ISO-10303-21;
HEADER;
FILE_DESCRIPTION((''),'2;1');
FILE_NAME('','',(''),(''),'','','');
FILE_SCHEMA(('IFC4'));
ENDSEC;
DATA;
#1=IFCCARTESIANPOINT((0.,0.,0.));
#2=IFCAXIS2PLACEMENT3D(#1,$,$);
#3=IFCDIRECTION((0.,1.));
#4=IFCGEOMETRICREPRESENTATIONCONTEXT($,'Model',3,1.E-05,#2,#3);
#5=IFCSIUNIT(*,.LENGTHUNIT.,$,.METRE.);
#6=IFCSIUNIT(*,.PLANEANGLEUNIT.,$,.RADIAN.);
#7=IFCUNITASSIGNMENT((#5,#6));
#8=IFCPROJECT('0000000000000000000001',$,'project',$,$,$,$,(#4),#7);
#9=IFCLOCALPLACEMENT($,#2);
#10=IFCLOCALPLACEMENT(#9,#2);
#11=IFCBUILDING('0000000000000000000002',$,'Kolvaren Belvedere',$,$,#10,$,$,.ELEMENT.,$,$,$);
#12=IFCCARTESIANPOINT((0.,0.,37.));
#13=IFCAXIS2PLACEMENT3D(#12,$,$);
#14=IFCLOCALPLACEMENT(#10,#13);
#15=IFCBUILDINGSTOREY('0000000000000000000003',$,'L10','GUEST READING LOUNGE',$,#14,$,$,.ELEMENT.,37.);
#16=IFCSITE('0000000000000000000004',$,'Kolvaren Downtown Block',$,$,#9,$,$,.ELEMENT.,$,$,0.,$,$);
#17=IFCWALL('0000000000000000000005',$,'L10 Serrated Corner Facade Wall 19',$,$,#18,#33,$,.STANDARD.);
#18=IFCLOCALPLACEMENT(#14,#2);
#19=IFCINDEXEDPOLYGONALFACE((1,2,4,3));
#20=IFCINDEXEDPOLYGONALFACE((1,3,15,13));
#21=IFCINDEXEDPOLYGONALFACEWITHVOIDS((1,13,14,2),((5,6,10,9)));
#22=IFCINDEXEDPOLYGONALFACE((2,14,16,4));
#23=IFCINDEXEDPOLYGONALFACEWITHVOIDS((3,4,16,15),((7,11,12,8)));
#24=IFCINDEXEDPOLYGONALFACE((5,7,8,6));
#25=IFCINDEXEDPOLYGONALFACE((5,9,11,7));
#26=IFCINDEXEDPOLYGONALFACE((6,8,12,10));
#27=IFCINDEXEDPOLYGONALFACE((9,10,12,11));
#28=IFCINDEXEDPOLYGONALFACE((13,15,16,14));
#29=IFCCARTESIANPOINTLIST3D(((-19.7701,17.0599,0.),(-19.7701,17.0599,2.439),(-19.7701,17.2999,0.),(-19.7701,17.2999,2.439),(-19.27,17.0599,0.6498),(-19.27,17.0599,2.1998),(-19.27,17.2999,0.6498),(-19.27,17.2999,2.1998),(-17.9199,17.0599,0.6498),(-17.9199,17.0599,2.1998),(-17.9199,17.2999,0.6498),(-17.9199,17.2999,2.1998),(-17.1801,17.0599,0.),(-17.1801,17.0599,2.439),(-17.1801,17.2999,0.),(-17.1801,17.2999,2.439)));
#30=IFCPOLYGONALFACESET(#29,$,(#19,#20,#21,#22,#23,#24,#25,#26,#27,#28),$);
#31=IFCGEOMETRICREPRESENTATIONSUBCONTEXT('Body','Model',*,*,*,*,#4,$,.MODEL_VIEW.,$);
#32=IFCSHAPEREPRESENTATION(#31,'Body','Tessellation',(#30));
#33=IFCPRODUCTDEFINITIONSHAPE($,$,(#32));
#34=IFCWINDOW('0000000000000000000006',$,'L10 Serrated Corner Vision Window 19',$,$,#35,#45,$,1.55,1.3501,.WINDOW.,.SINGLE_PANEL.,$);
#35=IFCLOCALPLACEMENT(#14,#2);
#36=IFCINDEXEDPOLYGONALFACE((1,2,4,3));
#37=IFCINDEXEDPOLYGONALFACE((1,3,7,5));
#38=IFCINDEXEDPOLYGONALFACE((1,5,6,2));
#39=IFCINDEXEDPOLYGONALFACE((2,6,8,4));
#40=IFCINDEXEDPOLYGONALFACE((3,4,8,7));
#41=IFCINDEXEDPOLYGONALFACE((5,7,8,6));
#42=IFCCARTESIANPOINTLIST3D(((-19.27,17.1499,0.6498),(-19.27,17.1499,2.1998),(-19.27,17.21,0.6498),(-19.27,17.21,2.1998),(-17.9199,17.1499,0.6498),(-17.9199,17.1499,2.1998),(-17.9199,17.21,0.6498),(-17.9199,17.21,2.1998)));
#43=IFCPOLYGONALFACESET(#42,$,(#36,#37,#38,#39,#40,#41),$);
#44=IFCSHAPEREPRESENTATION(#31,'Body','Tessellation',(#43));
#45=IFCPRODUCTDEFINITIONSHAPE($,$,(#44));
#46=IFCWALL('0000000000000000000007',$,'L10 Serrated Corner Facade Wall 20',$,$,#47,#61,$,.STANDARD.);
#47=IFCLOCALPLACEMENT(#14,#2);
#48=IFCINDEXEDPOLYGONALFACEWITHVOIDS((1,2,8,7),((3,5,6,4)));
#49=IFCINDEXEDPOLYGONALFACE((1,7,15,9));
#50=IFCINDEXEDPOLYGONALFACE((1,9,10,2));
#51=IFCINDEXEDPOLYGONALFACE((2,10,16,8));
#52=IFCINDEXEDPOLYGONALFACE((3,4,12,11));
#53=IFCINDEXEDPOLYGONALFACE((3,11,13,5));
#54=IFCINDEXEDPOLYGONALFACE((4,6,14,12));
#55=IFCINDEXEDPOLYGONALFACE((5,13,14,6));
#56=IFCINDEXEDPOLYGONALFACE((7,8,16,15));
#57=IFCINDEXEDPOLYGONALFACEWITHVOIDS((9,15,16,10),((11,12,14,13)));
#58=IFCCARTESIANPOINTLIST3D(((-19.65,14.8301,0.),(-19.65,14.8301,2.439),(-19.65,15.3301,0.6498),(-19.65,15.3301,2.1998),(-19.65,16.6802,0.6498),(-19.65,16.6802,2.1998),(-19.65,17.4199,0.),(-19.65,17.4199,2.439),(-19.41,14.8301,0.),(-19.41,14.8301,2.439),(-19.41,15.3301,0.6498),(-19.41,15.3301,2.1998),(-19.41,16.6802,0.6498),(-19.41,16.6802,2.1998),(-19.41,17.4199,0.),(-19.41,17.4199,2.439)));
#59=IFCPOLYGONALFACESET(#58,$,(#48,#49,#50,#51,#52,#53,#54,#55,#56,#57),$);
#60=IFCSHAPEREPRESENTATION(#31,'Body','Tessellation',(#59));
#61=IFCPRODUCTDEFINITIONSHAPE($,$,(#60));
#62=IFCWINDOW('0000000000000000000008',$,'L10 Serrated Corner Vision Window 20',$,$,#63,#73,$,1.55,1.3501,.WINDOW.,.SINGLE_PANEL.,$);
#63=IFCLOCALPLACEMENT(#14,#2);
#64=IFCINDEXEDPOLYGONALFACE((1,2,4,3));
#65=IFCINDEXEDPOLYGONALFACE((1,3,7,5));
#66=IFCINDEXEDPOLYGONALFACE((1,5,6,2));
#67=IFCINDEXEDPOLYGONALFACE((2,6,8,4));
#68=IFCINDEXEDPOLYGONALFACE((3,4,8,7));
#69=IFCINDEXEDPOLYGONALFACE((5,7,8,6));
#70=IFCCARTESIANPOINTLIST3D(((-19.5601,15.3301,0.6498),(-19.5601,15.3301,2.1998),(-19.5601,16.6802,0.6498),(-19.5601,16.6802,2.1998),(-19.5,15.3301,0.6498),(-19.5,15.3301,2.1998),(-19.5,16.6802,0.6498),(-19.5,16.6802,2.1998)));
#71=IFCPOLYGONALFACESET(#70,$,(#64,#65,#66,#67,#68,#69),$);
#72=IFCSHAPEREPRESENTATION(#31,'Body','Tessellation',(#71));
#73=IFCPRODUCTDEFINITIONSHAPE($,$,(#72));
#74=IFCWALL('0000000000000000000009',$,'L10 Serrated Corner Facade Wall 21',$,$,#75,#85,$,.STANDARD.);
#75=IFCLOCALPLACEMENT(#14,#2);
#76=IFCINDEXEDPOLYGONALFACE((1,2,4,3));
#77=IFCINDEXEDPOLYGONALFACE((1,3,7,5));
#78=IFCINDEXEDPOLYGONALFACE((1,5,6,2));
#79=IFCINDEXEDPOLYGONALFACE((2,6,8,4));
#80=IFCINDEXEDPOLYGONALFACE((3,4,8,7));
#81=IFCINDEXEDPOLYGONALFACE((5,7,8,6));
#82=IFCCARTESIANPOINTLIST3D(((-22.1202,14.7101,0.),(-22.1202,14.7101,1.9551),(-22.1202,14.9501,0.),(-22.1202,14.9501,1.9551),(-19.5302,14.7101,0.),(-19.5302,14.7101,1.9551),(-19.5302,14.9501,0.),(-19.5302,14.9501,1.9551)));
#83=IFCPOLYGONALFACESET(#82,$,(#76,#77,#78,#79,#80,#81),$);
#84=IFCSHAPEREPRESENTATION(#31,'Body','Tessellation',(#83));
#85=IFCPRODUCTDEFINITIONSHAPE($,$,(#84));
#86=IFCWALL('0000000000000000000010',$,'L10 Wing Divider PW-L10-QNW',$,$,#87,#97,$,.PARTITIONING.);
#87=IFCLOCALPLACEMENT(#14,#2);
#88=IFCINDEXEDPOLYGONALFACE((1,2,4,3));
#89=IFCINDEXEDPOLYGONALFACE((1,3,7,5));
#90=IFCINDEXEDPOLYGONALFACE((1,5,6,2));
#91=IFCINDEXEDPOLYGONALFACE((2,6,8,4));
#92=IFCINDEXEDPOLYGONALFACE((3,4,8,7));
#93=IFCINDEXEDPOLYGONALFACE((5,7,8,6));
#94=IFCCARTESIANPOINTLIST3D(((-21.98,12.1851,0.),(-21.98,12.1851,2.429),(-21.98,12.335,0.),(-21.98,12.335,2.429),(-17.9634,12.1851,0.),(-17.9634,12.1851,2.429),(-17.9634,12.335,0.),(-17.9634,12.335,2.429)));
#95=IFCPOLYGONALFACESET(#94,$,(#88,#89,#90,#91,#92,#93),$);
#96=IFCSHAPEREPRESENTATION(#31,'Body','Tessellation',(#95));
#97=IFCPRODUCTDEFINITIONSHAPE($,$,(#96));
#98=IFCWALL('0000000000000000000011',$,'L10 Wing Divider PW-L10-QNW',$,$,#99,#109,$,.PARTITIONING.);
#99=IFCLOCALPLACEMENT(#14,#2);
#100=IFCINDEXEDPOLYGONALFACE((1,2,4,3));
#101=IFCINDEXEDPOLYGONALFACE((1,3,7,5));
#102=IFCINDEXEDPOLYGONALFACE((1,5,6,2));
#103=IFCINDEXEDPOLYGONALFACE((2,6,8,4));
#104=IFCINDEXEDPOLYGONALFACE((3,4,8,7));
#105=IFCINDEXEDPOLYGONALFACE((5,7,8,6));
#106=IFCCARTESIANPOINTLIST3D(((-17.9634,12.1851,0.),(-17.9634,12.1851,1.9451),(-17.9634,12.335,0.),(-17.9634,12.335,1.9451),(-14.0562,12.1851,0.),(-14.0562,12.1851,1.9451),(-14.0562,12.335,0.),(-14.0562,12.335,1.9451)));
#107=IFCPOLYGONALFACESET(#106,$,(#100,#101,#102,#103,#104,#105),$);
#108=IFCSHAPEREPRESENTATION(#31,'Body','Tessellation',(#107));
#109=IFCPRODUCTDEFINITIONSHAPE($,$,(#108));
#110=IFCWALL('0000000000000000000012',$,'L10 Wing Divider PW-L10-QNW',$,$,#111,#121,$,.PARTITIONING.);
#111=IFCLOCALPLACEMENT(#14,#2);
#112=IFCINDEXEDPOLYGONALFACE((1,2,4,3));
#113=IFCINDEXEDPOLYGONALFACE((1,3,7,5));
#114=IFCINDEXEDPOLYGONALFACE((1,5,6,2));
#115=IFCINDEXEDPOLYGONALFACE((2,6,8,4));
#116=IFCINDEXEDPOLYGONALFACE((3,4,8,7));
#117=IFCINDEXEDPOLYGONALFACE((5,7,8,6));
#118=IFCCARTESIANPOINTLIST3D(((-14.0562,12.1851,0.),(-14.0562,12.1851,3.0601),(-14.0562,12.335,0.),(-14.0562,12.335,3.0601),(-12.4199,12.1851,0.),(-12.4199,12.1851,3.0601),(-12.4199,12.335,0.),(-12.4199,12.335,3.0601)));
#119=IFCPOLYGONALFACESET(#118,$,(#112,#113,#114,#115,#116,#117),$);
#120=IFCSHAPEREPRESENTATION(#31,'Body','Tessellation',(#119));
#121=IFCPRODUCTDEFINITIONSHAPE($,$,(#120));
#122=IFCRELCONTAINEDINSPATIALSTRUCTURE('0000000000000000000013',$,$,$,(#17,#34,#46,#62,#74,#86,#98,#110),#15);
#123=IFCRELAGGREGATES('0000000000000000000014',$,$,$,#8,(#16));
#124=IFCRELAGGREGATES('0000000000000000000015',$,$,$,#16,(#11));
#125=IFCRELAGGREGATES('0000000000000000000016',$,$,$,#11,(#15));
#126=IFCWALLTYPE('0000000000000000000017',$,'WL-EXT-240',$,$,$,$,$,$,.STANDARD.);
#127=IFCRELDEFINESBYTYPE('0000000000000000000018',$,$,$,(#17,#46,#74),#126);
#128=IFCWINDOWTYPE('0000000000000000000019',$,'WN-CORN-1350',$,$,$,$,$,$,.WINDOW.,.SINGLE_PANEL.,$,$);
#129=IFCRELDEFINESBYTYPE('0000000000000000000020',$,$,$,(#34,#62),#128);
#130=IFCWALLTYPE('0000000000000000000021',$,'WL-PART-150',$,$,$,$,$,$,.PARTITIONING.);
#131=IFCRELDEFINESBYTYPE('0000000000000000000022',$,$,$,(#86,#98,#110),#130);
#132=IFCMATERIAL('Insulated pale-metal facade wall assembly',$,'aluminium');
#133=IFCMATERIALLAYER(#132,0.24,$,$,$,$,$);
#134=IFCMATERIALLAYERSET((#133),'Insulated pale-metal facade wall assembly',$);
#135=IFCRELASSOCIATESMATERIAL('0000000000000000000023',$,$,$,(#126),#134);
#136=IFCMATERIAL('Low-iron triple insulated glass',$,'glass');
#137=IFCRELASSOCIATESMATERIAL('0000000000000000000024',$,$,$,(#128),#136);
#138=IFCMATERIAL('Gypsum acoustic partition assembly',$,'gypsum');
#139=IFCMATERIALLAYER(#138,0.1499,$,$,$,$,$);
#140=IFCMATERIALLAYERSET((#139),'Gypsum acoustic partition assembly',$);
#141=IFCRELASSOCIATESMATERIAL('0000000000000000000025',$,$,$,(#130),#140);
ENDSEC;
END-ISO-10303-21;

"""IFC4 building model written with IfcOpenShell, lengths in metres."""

from ifc_helpers import new_model, si_unit, direction, frame, frame_2d, origin, place, context, subcontext, project, spatial, rectangle, extrude, material, layer, layer_set, type_object, element, fill, save


model = new_model("IFC4")

# Units and contexts
model_context = context("Model", 3, precision=1e-05, world=origin(), true_north=direction((0.0, 1.0)))
body_context = subcontext(model_context, "Body", "Model", "MODEL_VIEW")
ifc_project = project(units=[si_unit("LENGTHUNIT", "METRE"), si_unit("PLANEANGLEUNIT", "RADIAN")], contexts=[model_context])

# Site, building, storey
site_placement = place(None, origin())
site = spatial("IfcSite", under=ifc_project, at=site_placement, Name="Kolvaren Downtown Block", CompositionType="ELEMENT", RefElevation=0.0)
building_placement = place(site_placement, origin())
building = spatial("IfcBuilding", under=site, at=building_placement, Name="Kolvaren Belvedere", CompositionType="ELEMENT")
storey_placement = place(building_placement, frame((0.0, 0.0, 37.0)))
storey = spatial("IfcBuildingStorey", under=building, at=storey_placement, Name="L10", Description="GUEST READING LOUNGE", CompositionType="ELEMENT", Elevation=37.0)

# Shared definitions
ifc_material_1 = material(Name="Insulated pale-metal facade wall assembly", Category="aluminium")
ifc_layer_1 = layer(ifc_material_1, 0.24)
ifc_layer_set_1 = layer_set([ifc_layer_1], Name="Insulated pale-metal facade wall assembly")
wall_type_1 = type_object("IfcWallType", Name="WL-EXT-240", PredefinedType="STANDARD", material=ifc_layer_set_1)

# Walls, openings, windows
ifc_material_2 = material(Name="Low-iron triple insulated glass", Category="glass")
window_type = type_object("IfcWindowType", Name="WN-CORN-1350", PartitioningType="SINGLE_PANEL", PredefinedType="WINDOW", material=ifc_material_2)
wall_1_placement = place(storey_placement, frame((-19.77, 17.1799, 0.0), z_axis=(0.0, 0.0, 1.0), x_axis=(1.0, 0.0, 0.0)))
wall_1 = element("IfcWall", 1, at=wall_1_placement, inside=storey, type_object=wall_type_1, Name="L10 Serrated Corner Facade Wall 19", PredefinedType="STANDARD", context=body_context, shape_type="SweptSolid", body=[
    extrude(rectangle(XDim=2.5901, YDim=0.24, at=frame_2d((1.2949, 0.0))), origin(), (0.0, 0.0, 1.0), 2.439),
])
opening_1_placement = place(wall_1_placement, frame((0.5, 0.0, 0.6499)))
opening_1 = element("IfcOpeningElement", 2, at=opening_1_placement, cuts=wall_1, PredefinedType="OPENING", context=body_context, shape_type="SweptSolid", body=[
    extrude(rectangle(XDim=1.3501, YDim=1.55, at=frame_2d((0.675, 0.7749))), frame((0.0, 0.1299, 0.0), z_axis=(0.0, -1.0, 0.0), x_axis=(1.0, 0.0, 0.0)), (0.0, 0.0, 1.0), 0.26),
])
window_1_placement = place(opening_1_placement, origin())
window_1 = element("IfcWindow", 3, at=window_1_placement, inside=storey, type_object=window_type, Name="L10 Serrated Corner Vision Window 19", OverallHeight=1.55, OverallWidth=1.3501, PartitioningType="SINGLE_PANEL", PredefinedType="WINDOW", context=body_context, shape_type="SweptSolid", body=[
    extrude(rectangle(XDim=1.3501, YDim=1.55, at=frame_2d((0.675, 0.7749))), frame((0.0, 0.03, 0.0), z_axis=(0.0, -1.0, 0.0), x_axis=(1.0, 0.0, 0.0)), (0.0, 0.0, 1.0), 0.0601),
])
fill(opening_1, window_1)
wall_2_placement = place(storey_placement, frame((-19.53, 14.8301, 0.0), z_axis=(0.0, 0.0, 1.0), x_axis=(0.0, 1.0, 0.0)))
wall_2 = element("IfcWall", 4, at=wall_2_placement, inside=storey, type_object=wall_type_1, Name="L10 Serrated Corner Facade Wall 20", PredefinedType="STANDARD", context=body_context, shape_type="SweptSolid", body=[
    extrude(rectangle(XDim=2.5898, YDim=0.24, at=frame_2d((1.2949, 0.0))), origin(), (0.0, 0.0, 1.0), 2.439),
])
opening_2_placement = place(wall_2_placement, frame((0.5, 0.0, 0.6499)))
opening_2 = element("IfcOpeningElement", 5, at=opening_2_placement, cuts=wall_2, PredefinedType="OPENING", context=body_context, shape_type="SweptSolid", body=[
    extrude(rectangle(XDim=1.3501, YDim=1.55, at=frame_2d((0.675, 0.7749))), frame((0.0, 0.1299, 0.0), z_axis=(0.0, -1.0, 0.0), x_axis=(1.0, 0.0, 0.0)), (0.0, 0.0, 1.0), 0.26),
])
window_2_placement = place(opening_2_placement, origin())
window_2 = element("IfcWindow", 6, at=window_2_placement, inside=storey, type_object=window_type, Name="L10 Serrated Corner Vision Window 20", OverallHeight=1.55, OverallWidth=1.3501, PartitioningType="SINGLE_PANEL", PredefinedType="WINDOW", context=body_context, shape_type="SweptSolid", body=[
    extrude(rectangle(XDim=1.3501, YDim=1.55, at=frame_2d((0.675, 0.7749))), frame((0.0, 0.03, 0.0), z_axis=(0.0, -1.0, 0.0), x_axis=(1.0, 0.0, 0.0)), (0.0, 0.0, 1.0), 0.0601),
])
fill(opening_2, window_2)

# Walls
wall_3_placement = place(storey_placement, frame((-22.1201, 14.8301, 0.0), z_axis=(0.0, 0.0, 1.0), x_axis=(1.0, 0.0, 0.0)))
element("IfcWall", 7, at=wall_3_placement, inside=storey, type_object=wall_type_1, Name="L10 Serrated Corner Facade Wall 21", PredefinedType="STANDARD", context=body_context, shape_type="SweptSolid", body=[
    extrude(rectangle(XDim=2.5901, YDim=0.24, at=frame_2d((1.2949, 0.0))), origin(), (0.0, 0.0, 1.0), 1.9551),
])
ifc_material_3 = material(Name="Gypsum acoustic partition assembly", Category="gypsum")
ifc_layer_2 = layer(ifc_material_3, 0.1499)
ifc_layer_set_2 = layer_set([ifc_layer_2], Name="Gypsum acoustic partition assembly")
wall_type_2 = type_object("IfcWallType", Name="WL-PART-150", PredefinedType="PARTITIONING", material=ifc_layer_set_2)
wall_4_placement = place(storey_placement, frame((-21.98, 12.26, 0.0), z_axis=(0.0, 0.0, 1.0), x_axis=(1.0, 0.0, 0.0)))
element("IfcWall", 8, at=wall_4_placement, inside=storey, type_object=wall_type_2, Name="L10 Wing Divider PW-L10-QNW", PredefinedType="PARTITIONING", context=body_context, shape_type="SweptSolid", body=[
    extrude(rectangle(XDim=4.0166, YDim=0.1499, at=frame_2d((2.0083, 0.0))), origin(), (0.0, 0.0, 1.0), 2.429),
])
wall_5_placement = place(storey_placement, frame((-17.9634, 12.26, 0.0), z_axis=(0.0, 0.0, 1.0), x_axis=(1.0, 0.0, 0.0)))
element("IfcWall", 9, at=wall_5_placement, inside=storey, type_object=wall_type_2, Name="L10 Wing Divider PW-L10-QNW", PredefinedType="PARTITIONING", context=body_context, shape_type="SweptSolid", body=[
    extrude(rectangle(XDim=3.9072, YDim=0.1499, at=frame_2d((1.9536, 0.0))), origin(), (0.0, 0.0, 1.0), 1.9451),
])
wall_6_placement = place(storey_placement, frame((-14.0562, 12.26, 0.0), z_axis=(0.0, 0.0, 1.0), x_axis=(1.0, 0.0, 0.0)))
element("IfcWall", 10, at=wall_6_placement, inside=storey, type_object=wall_type_2, Name="L10 Wing Divider PW-L10-QNW", PredefinedType="PARTITIONING", context=body_context, shape_type="SweptSolid", body=[
    extrude(rectangle(XDim=1.6362, YDim=0.1499, at=frame_2d((0.8181, 0.0))), origin(), (0.0, 0.0, 1.0), 3.0601),
])

save(model, "model.ifc")
